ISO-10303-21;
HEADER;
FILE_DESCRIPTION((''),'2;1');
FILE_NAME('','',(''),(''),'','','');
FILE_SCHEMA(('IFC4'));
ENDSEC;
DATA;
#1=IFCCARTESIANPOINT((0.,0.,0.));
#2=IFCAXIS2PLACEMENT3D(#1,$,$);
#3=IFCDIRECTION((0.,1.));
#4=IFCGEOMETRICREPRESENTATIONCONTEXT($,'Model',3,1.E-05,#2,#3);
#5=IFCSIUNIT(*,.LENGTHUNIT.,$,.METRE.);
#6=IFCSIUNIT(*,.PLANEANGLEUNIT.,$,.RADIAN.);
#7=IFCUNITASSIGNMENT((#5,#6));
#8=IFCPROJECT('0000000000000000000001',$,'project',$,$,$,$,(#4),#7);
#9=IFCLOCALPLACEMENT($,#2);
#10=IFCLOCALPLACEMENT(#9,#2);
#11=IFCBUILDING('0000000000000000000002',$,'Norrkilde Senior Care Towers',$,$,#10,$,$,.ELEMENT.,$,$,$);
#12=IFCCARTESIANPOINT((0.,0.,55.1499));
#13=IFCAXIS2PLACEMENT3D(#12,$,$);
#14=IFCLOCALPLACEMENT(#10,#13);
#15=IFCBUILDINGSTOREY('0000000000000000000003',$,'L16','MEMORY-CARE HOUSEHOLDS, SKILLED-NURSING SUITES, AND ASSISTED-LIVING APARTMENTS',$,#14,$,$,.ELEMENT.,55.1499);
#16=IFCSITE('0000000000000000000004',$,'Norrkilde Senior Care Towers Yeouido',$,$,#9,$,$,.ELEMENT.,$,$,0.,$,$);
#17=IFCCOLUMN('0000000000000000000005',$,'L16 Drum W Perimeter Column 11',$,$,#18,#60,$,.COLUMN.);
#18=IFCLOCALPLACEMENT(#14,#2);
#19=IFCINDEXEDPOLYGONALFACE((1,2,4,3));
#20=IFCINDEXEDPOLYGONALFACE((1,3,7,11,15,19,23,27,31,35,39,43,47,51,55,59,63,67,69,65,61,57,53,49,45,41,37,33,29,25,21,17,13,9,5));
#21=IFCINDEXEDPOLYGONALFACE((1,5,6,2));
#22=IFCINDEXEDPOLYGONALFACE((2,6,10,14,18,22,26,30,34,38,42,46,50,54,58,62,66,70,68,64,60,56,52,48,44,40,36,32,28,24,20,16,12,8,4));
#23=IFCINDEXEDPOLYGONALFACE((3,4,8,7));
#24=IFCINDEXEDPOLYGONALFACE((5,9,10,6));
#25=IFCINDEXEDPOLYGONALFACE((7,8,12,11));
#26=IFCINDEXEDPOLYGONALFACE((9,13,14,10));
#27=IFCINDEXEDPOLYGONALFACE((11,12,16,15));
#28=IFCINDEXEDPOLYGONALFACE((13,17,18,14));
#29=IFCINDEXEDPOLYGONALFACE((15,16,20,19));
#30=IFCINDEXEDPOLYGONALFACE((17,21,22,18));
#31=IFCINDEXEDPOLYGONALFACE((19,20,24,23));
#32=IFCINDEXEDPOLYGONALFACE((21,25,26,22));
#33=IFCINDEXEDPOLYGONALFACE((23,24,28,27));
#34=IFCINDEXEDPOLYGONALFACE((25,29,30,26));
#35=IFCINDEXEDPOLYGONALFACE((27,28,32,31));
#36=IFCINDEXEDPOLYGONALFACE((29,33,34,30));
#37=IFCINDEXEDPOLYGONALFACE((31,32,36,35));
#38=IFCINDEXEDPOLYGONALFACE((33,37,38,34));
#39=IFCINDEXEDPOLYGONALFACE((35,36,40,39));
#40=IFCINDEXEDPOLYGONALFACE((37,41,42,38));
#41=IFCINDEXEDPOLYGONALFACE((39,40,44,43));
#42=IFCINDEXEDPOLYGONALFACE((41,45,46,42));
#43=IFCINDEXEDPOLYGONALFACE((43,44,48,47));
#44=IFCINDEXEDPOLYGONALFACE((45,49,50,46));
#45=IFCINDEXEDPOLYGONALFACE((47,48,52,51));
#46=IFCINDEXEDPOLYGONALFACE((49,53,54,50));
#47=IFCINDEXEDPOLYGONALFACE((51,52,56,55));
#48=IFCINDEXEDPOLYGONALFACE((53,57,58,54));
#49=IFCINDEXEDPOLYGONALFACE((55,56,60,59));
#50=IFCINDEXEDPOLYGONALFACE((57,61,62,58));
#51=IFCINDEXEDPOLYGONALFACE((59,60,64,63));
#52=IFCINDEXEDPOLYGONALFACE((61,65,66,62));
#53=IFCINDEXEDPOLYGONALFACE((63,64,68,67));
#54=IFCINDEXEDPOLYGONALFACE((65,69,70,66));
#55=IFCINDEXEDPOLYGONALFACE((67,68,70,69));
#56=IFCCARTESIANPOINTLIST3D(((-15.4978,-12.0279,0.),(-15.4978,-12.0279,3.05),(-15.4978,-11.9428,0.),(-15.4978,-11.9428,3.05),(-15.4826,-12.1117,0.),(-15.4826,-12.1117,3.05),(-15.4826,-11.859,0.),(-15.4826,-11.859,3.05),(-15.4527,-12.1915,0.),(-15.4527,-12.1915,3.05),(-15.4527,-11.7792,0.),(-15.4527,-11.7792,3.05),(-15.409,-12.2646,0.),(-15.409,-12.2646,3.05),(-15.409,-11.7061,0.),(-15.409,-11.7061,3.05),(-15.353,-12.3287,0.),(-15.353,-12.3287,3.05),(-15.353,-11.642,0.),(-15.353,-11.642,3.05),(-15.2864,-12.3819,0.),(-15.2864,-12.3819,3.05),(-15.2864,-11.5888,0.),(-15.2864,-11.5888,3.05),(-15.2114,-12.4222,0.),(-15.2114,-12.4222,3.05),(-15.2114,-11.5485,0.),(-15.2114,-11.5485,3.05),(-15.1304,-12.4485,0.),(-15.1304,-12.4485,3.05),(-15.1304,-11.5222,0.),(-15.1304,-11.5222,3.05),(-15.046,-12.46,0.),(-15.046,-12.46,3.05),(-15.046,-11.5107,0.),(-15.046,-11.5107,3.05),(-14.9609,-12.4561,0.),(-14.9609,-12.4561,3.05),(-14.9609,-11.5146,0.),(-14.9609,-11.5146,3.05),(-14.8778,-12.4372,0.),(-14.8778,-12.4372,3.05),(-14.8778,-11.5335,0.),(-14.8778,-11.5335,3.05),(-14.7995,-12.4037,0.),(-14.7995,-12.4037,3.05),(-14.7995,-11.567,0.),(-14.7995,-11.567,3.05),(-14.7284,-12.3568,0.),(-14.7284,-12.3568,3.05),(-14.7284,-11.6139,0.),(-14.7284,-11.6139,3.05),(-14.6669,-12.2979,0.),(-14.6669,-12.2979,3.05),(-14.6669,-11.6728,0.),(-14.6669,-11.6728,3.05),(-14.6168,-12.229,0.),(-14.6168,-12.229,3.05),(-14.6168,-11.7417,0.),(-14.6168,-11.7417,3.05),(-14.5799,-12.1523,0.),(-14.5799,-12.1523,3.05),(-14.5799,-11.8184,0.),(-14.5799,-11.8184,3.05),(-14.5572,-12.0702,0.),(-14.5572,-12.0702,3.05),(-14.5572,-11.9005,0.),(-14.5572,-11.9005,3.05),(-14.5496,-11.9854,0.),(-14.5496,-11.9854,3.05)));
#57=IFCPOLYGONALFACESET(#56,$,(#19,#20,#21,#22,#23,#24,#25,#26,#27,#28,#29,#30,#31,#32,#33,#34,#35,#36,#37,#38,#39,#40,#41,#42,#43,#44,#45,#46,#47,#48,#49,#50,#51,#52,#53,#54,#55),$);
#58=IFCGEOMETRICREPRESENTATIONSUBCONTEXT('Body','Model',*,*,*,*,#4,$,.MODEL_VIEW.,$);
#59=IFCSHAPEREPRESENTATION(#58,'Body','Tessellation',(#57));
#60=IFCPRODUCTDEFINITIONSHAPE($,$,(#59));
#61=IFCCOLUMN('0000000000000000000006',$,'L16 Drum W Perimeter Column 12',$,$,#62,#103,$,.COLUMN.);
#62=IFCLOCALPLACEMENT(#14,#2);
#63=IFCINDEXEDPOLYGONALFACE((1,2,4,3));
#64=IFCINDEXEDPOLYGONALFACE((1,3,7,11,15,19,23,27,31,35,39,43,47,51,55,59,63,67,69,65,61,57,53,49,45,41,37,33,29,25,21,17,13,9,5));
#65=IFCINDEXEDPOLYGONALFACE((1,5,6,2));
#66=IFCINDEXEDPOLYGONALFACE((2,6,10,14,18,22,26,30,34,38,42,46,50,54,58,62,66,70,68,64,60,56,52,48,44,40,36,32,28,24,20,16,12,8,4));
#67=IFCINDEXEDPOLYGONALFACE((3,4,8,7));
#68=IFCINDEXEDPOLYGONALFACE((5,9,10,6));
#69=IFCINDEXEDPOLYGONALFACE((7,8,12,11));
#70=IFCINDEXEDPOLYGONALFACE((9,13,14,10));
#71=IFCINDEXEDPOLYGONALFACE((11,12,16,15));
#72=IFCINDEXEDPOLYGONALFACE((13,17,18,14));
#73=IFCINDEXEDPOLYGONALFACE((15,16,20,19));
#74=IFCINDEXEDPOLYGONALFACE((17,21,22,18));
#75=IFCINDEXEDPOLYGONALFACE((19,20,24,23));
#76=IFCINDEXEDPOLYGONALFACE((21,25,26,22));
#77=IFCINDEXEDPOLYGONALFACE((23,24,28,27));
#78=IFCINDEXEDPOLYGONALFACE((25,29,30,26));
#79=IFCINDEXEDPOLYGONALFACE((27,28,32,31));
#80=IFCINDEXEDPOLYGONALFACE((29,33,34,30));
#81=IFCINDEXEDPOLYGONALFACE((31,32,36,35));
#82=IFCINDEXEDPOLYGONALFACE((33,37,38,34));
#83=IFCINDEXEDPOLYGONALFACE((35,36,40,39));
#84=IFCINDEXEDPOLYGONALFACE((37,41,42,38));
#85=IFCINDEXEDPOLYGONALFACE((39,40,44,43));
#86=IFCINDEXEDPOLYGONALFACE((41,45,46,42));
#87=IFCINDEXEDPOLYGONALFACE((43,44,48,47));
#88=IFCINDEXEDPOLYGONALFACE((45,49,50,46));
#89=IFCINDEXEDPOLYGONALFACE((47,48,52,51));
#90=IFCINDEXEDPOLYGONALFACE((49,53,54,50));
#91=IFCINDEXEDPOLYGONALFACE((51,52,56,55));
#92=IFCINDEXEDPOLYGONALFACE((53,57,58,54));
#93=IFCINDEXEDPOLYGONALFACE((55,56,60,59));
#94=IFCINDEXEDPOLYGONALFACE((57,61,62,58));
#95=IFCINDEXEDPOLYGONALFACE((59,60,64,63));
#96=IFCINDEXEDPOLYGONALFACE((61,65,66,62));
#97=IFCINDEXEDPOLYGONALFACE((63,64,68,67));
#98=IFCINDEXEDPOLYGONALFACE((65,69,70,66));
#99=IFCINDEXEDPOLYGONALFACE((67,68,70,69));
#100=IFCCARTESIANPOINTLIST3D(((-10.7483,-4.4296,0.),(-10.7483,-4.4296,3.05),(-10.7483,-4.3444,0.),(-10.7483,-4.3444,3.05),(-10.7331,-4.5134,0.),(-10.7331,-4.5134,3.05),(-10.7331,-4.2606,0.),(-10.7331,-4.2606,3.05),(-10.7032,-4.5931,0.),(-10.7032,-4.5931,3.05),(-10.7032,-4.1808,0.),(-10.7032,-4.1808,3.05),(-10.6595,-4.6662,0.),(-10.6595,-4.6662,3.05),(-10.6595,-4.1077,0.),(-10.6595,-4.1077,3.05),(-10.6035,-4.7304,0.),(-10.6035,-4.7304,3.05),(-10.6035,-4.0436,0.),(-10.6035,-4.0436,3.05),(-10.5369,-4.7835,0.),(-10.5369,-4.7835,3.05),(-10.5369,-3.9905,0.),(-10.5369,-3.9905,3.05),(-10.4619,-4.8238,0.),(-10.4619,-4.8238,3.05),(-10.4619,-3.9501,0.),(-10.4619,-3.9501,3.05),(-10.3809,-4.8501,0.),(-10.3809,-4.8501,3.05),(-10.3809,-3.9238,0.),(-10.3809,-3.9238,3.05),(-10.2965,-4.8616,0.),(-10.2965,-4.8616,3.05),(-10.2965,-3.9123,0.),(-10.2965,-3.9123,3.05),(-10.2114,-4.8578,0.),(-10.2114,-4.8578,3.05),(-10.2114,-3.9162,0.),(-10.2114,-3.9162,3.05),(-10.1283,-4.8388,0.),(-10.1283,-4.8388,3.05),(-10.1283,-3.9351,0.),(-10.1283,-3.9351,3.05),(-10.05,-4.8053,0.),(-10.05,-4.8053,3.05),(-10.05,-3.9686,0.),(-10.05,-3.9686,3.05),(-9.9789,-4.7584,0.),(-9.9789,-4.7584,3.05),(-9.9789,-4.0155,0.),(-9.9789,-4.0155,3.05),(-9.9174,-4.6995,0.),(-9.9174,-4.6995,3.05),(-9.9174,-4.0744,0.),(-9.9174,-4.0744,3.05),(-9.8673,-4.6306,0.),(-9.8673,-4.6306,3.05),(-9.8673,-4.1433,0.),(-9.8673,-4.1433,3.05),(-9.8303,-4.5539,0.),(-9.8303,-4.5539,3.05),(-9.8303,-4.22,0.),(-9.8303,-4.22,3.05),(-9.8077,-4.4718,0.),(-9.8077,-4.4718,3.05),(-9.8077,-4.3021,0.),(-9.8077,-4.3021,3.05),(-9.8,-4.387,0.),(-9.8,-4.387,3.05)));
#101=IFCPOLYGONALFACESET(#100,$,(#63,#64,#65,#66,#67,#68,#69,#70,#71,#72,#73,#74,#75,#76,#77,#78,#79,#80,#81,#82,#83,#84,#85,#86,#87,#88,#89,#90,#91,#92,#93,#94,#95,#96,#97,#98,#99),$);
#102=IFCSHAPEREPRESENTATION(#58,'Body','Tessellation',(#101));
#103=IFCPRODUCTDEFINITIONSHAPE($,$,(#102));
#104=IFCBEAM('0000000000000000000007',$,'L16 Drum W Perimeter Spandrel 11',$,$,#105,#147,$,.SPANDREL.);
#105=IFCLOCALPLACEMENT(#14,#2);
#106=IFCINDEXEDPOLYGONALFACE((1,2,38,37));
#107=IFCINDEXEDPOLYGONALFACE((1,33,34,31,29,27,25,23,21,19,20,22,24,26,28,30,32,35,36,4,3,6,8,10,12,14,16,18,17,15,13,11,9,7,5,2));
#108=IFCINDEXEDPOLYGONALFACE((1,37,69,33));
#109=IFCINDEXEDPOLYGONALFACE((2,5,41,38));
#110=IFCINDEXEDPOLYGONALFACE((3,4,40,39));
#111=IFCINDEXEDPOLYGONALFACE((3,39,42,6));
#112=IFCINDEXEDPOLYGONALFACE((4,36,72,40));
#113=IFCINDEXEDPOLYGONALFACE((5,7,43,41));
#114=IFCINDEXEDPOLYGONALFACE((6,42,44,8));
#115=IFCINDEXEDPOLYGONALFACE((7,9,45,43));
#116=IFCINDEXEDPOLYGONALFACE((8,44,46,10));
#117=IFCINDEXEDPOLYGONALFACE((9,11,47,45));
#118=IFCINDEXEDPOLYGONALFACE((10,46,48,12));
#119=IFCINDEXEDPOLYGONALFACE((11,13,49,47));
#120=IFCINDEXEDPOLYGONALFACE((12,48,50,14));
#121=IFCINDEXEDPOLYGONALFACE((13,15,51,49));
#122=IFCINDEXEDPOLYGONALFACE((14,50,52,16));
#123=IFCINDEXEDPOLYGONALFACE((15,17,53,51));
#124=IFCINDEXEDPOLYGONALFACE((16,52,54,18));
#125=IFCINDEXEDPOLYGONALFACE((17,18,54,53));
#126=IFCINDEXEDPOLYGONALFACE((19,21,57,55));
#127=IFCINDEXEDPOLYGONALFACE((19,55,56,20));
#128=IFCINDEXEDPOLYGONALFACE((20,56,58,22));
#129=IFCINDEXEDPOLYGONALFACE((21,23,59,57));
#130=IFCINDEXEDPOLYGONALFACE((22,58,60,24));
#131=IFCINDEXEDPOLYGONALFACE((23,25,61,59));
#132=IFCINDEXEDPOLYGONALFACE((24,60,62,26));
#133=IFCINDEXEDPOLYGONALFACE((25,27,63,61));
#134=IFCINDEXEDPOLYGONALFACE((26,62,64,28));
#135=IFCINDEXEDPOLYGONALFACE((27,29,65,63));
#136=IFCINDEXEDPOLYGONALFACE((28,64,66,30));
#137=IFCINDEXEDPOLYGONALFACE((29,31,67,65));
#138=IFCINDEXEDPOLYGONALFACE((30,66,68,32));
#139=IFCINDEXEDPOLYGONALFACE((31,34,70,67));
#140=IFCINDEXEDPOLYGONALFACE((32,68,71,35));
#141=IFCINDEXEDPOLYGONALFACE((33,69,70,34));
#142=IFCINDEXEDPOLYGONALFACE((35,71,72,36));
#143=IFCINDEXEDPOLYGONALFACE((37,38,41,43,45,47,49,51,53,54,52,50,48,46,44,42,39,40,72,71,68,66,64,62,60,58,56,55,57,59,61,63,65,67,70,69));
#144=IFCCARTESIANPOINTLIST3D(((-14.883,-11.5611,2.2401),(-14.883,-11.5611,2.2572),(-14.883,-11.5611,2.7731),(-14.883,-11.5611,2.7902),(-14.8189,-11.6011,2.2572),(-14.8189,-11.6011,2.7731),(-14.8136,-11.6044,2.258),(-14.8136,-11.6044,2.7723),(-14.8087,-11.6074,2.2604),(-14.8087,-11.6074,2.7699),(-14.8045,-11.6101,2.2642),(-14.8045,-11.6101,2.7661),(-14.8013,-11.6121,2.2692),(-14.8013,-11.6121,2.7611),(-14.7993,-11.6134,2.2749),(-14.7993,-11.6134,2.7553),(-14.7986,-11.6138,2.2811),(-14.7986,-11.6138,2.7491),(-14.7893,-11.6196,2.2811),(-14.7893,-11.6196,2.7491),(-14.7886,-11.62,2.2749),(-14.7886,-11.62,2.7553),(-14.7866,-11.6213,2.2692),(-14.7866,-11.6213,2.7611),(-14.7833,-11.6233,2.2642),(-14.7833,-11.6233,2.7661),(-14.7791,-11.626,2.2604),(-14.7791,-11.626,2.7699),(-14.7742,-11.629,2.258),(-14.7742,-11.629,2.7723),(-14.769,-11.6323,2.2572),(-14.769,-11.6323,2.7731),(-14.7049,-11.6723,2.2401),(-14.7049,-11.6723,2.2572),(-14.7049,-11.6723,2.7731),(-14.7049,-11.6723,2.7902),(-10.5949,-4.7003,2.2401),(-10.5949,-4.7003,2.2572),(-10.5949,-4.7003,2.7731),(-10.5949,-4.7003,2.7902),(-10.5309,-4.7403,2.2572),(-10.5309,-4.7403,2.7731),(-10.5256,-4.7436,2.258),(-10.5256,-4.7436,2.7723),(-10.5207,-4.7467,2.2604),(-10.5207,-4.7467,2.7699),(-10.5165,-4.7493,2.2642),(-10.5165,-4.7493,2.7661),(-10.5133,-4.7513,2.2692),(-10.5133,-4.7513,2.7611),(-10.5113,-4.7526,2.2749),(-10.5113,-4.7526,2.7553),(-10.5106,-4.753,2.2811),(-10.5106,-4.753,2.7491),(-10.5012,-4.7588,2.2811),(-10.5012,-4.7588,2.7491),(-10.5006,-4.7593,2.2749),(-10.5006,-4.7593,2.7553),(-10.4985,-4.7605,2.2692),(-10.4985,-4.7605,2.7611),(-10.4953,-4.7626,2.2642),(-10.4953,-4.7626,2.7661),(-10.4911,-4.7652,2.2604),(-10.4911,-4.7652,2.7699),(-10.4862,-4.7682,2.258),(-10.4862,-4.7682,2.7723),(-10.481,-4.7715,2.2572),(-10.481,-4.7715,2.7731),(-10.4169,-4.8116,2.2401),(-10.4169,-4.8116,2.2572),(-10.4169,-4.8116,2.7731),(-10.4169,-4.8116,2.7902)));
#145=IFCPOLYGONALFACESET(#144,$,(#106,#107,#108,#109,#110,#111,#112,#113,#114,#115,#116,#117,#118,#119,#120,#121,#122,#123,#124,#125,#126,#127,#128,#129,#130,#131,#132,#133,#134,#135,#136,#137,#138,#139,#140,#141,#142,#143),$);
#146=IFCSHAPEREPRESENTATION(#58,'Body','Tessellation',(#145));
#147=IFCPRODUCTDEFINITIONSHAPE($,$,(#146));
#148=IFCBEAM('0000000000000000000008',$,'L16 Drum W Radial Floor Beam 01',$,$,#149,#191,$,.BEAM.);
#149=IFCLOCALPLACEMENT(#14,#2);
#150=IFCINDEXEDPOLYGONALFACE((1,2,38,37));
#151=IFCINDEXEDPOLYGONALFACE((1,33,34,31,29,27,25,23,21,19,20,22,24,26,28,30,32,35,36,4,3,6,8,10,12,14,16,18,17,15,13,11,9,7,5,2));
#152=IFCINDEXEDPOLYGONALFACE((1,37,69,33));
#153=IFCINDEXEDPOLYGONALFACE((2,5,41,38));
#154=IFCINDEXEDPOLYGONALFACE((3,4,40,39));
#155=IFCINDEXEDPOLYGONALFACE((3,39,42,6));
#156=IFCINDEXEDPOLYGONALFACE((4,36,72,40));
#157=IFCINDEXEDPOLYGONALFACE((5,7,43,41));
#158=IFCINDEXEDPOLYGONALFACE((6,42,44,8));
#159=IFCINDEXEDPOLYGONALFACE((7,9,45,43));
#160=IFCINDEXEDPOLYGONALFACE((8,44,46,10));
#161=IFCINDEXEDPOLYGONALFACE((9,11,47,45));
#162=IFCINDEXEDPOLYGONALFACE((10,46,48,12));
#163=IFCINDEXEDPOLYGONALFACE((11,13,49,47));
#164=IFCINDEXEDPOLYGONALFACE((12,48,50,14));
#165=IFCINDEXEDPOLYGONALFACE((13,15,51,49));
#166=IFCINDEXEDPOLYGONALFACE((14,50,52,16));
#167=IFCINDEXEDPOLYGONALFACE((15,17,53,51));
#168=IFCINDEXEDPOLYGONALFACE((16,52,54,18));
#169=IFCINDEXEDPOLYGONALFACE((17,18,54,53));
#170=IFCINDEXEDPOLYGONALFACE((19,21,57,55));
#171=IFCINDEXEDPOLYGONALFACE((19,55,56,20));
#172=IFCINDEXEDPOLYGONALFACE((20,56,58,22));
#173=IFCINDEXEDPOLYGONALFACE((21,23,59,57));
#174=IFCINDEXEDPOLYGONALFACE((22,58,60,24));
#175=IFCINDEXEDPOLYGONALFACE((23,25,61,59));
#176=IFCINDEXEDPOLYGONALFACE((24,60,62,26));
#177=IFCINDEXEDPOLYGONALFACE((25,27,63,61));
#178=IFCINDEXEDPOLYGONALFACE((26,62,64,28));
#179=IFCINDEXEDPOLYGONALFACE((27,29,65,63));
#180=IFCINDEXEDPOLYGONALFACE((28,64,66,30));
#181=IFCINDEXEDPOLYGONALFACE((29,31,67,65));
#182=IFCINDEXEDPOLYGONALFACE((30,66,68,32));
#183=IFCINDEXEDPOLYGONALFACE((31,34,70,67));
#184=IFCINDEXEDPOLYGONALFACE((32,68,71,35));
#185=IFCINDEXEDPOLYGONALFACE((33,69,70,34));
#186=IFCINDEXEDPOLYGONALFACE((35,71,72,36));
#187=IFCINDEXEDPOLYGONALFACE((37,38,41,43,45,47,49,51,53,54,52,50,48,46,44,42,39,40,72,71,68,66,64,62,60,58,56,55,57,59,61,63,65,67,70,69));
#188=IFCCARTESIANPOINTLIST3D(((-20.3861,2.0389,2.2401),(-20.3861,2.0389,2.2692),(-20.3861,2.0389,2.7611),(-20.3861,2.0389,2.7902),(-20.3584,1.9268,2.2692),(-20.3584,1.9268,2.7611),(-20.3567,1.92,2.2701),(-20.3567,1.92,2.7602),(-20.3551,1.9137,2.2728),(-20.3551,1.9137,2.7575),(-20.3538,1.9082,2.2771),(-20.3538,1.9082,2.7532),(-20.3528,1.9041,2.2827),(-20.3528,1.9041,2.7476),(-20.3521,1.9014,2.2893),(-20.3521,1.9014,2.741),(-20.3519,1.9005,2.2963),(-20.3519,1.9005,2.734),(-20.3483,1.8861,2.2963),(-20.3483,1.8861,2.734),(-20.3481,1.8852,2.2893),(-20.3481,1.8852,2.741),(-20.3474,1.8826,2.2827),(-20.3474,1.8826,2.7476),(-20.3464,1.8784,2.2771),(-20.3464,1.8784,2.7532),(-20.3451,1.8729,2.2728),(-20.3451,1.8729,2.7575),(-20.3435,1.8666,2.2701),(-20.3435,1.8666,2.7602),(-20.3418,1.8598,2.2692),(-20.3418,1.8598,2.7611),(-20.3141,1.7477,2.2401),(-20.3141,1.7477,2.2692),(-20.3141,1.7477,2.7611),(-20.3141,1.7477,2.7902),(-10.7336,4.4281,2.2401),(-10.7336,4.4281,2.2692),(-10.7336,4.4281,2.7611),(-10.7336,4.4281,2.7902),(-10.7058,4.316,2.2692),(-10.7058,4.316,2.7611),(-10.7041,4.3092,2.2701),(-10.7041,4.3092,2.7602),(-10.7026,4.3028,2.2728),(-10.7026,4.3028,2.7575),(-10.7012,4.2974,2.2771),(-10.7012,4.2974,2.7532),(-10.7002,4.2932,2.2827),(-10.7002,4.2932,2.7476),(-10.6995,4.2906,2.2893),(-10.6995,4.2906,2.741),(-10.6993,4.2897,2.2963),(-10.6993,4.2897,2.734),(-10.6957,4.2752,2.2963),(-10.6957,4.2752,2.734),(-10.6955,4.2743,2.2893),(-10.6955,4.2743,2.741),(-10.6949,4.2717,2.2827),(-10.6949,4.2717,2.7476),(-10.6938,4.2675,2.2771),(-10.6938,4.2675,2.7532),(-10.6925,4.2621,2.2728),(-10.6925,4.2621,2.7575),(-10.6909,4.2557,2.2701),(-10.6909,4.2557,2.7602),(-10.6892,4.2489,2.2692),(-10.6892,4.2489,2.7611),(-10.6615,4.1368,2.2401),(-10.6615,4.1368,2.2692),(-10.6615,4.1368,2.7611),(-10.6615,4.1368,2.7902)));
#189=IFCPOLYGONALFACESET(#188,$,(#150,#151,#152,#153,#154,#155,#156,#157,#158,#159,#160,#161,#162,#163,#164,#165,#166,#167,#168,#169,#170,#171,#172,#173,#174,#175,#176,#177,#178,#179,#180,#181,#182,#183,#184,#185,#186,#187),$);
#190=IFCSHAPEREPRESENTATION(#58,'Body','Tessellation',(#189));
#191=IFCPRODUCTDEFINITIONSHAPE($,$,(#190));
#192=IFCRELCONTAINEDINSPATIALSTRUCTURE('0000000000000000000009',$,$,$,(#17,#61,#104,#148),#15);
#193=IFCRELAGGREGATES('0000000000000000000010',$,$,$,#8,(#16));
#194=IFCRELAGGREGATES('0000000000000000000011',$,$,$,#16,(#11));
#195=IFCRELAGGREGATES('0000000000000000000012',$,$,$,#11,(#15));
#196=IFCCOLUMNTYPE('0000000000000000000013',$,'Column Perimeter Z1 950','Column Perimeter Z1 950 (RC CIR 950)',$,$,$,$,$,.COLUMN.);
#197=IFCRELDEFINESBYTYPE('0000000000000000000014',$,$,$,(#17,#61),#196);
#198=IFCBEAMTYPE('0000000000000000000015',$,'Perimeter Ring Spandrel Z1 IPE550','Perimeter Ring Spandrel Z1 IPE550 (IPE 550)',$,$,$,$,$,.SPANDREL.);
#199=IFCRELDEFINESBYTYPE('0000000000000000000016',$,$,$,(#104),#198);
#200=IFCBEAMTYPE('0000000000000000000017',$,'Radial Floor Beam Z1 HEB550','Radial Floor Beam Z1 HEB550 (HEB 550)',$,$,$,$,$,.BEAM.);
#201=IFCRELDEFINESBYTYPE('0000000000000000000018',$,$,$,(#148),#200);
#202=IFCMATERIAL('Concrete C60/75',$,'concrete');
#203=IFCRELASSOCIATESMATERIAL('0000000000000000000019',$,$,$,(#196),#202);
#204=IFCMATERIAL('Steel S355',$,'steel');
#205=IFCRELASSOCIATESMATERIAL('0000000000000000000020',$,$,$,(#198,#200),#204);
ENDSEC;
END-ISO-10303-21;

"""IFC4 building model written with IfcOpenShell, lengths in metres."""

from ifc_helpers import new_model, si_unit, direction, frame, origin, origin_2d, place, context, subcontext, project, spatial, circle, i_section, extrude, source, transform, mapped, material, material_profile, profile_set, type_object, type_shapes, element, save


model = new_model("IFC4")

# Units and contexts
model_context = context("Model", 3, precision=1e-05, world=origin(), true_north=direction((0.0, 1.0)))
body_context = subcontext(model_context, "Body", "Model", "MODEL_VIEW")
ifc_project = project(units=[si_unit("LENGTHUNIT", "METRE"), si_unit("PLANEANGLEUNIT", "RADIAN")], contexts=[model_context])

# Site, building, storey
site_placement = place(None, origin())
site = spatial("IfcSite", under=ifc_project, at=site_placement, Name="Norrkilde Senior Care Towers Yeouido", CompositionType="ELEMENT", RefElevation=0.0)
building_placement = place(site_placement, origin())
building = spatial("IfcBuilding", under=site, at=building_placement, Name="Norrkilde Senior Care Towers", CompositionType="ELEMENT")
storey_placement = place(building_placement, frame((0.0, 0.0, 55.1499)))
storey = spatial("IfcBuildingStorey", under=building, at=storey_placement, Name="L16", Description="MEMORY-CARE HOUSEHOLDS, SKILLED-NURSING SUITES, AND ASSISTED-LIVING APARTMENTS", CompositionType="ELEMENT", Elevation=55.1499)

# Columns
ifc_material_1 = material(Name="Concrete C60/75", Category="concrete")
ifc_material_profile_1 = material_profile(ifc_material_1, circle(Radius=0.4751, at=origin_2d()), Name="RC CIR 950")
ifc_profile_set_1 = profile_set([ifc_material_profile_1], Name="Concrete C60/75")
column_type = type_object("IfcColumnType", Name="Column Perimeter Z1 950", Description="Column Perimeter Z1 950 (RC CIR 950)", PredefinedType="COLUMN", material=ifc_profile_set_1)
shared_shape_1 = source(origin(), body_context, "Body", "SweptSolid", [
    extrude(circle(Radius=0.4751, at=origin_2d()), origin(), (0.0, 0.0, 1.0), 3.05),
])
type_shapes(column_type, [shared_shape_1])
for number, where, z_axis, x_axis, name in (
    (1, (-15.0247, -11.9854, 0.0), (0.0, 0.0, 1.0), (1.0, 0.0, 0.0), "L16 Drum W Perimeter Column 11"),
    (2, (-10.2751, -4.387, 0.0), (0.0, 0.0, 1.0), (1.0, 0.0, 0.0), "L16 Drum W Perimeter Column 12"),
):
    element("IfcColumn", number, at=place(storey_placement, frame(where, z_axis=z_axis, x_axis=x_axis)), inside=storey, type_object=column_type, Name=name, PredefinedType="COLUMN", context=body_context, shape_type="MappedRepresentation", body=[
        mapped(shared_shape_1, transform((0.0, 0.0, 0.0), x_axis=(1.0, 0.0, 0.0), y_axis=(0.0, 1.0, 0.0), z_axis=(0.0, 0.0, 1.0), scale=1.0)),
    ])

# Beams
ifc_material_2 = material(Name="Steel S355", Category="steel")
ifc_material_profile_2 = material_profile(ifc_material_2, i_section(OverallWidth=0.21, OverallDepth=0.55, WebThickness=0.011, FlangeThickness=0.0171, FilletRadius=0.0239, at=origin_2d()), Name="IPE 550")
ifc_profile_set_2 = profile_set([ifc_material_profile_2], Name="Steel S355")
beam_type_1 = type_object("IfcBeamType", Name="Perimeter Ring Spandrel Z1 IPE550", Description="Perimeter Ring Spandrel Z1 IPE550 (IPE 550)", PredefinedType="SPANDREL", material=ifc_profile_set_2)
shared_shape_2 = source(origin(), body_context, "Body", "SweptSolid", [
    extrude(i_section(OverallWidth=0.21, OverallDepth=0.55, WebThickness=0.011, FlangeThickness=0.0171, FilletRadius=0.0239, at=origin_2d()), origin(), (0.0, 0.0, 1.0), 8.0906),
])
beam_1_placement = place(storey_placement, frame((-14.7939, -11.6167, 2.5151), z_axis=(0.530004, 0.847995, 0.0), x_axis=(-0.847995, 0.530004, 0.0)))
element("IfcBeam", 3, at=beam_1_placement, inside=storey, type_object=beam_type_1, Name="L16 Drum W Perimeter Spandrel 11", PredefinedType="SPANDREL", context=body_context, shape_type="MappedRepresentation", body=[
    mapped(shared_shape_2, transform((0.0, 0.0, 0.0), x_axis=(1.0, 0.0, 0.0), y_axis=(0.0, 1.0, 0.0), z_axis=(0.0, 0.0, 1.0), scale=1.0)),
])
ifc_material_profile_3 = material_profile(ifc_material_2, i_section(OverallWidth=0.3, OverallDepth=0.55, WebThickness=0.0149, FlangeThickness=0.0291, FilletRadius=0.0271, at=origin_2d()), Name="HEB 550")
ifc_profile_set_3 = profile_set([ifc_material_profile_3], Name="Steel S355")
beam_type_2 = type_object("IfcBeamType", Name="Radial Floor Beam Z1 HEB550", Description="Radial Floor Beam Z1 HEB550 (HEB 550)", PredefinedType="BEAM", material=ifc_profile_set_3)
shared_shape_3 = source(origin(), body_context, "Body", "SweptSolid", [
    extrude(i_section(OverallWidth=0.3, OverallDepth=0.55, WebThickness=0.0149, FlangeThickness=0.0291, FilletRadius=0.0271, at=origin_2d()), origin(), (0.0, 0.0, 1.0), 9.9438),
])
type_shapes(beam_type_2, [shared_shape_3])
for number, where, z_axis, x_axis, name in (
    (4, (-20.3501, 1.8933, 2.5151), (0.970707, 0.240265, 0.0), (-0.240265, 0.970707, 0.0), "L16 Drum W Radial Floor Beam 01"),
):
    element("IfcBeam", number, at=place(storey_placement, frame(where, z_axis=z_axis, x_axis=x_axis)), inside=storey, type_object=beam_type_2, Name=name, PredefinedType="BEAM", context=body_context, shape_type="MappedRepresentation", body=[
        mapped(shared_shape_3, transform((0.0, 0.0, 0.0), x_axis=(1.0, 0.0, 0.0), y_axis=(0.0, 1.0, 0.0), z_axis=(0.0, 0.0, 1.0), scale=1.0)),
    ])

save(model, "model.ifc")
